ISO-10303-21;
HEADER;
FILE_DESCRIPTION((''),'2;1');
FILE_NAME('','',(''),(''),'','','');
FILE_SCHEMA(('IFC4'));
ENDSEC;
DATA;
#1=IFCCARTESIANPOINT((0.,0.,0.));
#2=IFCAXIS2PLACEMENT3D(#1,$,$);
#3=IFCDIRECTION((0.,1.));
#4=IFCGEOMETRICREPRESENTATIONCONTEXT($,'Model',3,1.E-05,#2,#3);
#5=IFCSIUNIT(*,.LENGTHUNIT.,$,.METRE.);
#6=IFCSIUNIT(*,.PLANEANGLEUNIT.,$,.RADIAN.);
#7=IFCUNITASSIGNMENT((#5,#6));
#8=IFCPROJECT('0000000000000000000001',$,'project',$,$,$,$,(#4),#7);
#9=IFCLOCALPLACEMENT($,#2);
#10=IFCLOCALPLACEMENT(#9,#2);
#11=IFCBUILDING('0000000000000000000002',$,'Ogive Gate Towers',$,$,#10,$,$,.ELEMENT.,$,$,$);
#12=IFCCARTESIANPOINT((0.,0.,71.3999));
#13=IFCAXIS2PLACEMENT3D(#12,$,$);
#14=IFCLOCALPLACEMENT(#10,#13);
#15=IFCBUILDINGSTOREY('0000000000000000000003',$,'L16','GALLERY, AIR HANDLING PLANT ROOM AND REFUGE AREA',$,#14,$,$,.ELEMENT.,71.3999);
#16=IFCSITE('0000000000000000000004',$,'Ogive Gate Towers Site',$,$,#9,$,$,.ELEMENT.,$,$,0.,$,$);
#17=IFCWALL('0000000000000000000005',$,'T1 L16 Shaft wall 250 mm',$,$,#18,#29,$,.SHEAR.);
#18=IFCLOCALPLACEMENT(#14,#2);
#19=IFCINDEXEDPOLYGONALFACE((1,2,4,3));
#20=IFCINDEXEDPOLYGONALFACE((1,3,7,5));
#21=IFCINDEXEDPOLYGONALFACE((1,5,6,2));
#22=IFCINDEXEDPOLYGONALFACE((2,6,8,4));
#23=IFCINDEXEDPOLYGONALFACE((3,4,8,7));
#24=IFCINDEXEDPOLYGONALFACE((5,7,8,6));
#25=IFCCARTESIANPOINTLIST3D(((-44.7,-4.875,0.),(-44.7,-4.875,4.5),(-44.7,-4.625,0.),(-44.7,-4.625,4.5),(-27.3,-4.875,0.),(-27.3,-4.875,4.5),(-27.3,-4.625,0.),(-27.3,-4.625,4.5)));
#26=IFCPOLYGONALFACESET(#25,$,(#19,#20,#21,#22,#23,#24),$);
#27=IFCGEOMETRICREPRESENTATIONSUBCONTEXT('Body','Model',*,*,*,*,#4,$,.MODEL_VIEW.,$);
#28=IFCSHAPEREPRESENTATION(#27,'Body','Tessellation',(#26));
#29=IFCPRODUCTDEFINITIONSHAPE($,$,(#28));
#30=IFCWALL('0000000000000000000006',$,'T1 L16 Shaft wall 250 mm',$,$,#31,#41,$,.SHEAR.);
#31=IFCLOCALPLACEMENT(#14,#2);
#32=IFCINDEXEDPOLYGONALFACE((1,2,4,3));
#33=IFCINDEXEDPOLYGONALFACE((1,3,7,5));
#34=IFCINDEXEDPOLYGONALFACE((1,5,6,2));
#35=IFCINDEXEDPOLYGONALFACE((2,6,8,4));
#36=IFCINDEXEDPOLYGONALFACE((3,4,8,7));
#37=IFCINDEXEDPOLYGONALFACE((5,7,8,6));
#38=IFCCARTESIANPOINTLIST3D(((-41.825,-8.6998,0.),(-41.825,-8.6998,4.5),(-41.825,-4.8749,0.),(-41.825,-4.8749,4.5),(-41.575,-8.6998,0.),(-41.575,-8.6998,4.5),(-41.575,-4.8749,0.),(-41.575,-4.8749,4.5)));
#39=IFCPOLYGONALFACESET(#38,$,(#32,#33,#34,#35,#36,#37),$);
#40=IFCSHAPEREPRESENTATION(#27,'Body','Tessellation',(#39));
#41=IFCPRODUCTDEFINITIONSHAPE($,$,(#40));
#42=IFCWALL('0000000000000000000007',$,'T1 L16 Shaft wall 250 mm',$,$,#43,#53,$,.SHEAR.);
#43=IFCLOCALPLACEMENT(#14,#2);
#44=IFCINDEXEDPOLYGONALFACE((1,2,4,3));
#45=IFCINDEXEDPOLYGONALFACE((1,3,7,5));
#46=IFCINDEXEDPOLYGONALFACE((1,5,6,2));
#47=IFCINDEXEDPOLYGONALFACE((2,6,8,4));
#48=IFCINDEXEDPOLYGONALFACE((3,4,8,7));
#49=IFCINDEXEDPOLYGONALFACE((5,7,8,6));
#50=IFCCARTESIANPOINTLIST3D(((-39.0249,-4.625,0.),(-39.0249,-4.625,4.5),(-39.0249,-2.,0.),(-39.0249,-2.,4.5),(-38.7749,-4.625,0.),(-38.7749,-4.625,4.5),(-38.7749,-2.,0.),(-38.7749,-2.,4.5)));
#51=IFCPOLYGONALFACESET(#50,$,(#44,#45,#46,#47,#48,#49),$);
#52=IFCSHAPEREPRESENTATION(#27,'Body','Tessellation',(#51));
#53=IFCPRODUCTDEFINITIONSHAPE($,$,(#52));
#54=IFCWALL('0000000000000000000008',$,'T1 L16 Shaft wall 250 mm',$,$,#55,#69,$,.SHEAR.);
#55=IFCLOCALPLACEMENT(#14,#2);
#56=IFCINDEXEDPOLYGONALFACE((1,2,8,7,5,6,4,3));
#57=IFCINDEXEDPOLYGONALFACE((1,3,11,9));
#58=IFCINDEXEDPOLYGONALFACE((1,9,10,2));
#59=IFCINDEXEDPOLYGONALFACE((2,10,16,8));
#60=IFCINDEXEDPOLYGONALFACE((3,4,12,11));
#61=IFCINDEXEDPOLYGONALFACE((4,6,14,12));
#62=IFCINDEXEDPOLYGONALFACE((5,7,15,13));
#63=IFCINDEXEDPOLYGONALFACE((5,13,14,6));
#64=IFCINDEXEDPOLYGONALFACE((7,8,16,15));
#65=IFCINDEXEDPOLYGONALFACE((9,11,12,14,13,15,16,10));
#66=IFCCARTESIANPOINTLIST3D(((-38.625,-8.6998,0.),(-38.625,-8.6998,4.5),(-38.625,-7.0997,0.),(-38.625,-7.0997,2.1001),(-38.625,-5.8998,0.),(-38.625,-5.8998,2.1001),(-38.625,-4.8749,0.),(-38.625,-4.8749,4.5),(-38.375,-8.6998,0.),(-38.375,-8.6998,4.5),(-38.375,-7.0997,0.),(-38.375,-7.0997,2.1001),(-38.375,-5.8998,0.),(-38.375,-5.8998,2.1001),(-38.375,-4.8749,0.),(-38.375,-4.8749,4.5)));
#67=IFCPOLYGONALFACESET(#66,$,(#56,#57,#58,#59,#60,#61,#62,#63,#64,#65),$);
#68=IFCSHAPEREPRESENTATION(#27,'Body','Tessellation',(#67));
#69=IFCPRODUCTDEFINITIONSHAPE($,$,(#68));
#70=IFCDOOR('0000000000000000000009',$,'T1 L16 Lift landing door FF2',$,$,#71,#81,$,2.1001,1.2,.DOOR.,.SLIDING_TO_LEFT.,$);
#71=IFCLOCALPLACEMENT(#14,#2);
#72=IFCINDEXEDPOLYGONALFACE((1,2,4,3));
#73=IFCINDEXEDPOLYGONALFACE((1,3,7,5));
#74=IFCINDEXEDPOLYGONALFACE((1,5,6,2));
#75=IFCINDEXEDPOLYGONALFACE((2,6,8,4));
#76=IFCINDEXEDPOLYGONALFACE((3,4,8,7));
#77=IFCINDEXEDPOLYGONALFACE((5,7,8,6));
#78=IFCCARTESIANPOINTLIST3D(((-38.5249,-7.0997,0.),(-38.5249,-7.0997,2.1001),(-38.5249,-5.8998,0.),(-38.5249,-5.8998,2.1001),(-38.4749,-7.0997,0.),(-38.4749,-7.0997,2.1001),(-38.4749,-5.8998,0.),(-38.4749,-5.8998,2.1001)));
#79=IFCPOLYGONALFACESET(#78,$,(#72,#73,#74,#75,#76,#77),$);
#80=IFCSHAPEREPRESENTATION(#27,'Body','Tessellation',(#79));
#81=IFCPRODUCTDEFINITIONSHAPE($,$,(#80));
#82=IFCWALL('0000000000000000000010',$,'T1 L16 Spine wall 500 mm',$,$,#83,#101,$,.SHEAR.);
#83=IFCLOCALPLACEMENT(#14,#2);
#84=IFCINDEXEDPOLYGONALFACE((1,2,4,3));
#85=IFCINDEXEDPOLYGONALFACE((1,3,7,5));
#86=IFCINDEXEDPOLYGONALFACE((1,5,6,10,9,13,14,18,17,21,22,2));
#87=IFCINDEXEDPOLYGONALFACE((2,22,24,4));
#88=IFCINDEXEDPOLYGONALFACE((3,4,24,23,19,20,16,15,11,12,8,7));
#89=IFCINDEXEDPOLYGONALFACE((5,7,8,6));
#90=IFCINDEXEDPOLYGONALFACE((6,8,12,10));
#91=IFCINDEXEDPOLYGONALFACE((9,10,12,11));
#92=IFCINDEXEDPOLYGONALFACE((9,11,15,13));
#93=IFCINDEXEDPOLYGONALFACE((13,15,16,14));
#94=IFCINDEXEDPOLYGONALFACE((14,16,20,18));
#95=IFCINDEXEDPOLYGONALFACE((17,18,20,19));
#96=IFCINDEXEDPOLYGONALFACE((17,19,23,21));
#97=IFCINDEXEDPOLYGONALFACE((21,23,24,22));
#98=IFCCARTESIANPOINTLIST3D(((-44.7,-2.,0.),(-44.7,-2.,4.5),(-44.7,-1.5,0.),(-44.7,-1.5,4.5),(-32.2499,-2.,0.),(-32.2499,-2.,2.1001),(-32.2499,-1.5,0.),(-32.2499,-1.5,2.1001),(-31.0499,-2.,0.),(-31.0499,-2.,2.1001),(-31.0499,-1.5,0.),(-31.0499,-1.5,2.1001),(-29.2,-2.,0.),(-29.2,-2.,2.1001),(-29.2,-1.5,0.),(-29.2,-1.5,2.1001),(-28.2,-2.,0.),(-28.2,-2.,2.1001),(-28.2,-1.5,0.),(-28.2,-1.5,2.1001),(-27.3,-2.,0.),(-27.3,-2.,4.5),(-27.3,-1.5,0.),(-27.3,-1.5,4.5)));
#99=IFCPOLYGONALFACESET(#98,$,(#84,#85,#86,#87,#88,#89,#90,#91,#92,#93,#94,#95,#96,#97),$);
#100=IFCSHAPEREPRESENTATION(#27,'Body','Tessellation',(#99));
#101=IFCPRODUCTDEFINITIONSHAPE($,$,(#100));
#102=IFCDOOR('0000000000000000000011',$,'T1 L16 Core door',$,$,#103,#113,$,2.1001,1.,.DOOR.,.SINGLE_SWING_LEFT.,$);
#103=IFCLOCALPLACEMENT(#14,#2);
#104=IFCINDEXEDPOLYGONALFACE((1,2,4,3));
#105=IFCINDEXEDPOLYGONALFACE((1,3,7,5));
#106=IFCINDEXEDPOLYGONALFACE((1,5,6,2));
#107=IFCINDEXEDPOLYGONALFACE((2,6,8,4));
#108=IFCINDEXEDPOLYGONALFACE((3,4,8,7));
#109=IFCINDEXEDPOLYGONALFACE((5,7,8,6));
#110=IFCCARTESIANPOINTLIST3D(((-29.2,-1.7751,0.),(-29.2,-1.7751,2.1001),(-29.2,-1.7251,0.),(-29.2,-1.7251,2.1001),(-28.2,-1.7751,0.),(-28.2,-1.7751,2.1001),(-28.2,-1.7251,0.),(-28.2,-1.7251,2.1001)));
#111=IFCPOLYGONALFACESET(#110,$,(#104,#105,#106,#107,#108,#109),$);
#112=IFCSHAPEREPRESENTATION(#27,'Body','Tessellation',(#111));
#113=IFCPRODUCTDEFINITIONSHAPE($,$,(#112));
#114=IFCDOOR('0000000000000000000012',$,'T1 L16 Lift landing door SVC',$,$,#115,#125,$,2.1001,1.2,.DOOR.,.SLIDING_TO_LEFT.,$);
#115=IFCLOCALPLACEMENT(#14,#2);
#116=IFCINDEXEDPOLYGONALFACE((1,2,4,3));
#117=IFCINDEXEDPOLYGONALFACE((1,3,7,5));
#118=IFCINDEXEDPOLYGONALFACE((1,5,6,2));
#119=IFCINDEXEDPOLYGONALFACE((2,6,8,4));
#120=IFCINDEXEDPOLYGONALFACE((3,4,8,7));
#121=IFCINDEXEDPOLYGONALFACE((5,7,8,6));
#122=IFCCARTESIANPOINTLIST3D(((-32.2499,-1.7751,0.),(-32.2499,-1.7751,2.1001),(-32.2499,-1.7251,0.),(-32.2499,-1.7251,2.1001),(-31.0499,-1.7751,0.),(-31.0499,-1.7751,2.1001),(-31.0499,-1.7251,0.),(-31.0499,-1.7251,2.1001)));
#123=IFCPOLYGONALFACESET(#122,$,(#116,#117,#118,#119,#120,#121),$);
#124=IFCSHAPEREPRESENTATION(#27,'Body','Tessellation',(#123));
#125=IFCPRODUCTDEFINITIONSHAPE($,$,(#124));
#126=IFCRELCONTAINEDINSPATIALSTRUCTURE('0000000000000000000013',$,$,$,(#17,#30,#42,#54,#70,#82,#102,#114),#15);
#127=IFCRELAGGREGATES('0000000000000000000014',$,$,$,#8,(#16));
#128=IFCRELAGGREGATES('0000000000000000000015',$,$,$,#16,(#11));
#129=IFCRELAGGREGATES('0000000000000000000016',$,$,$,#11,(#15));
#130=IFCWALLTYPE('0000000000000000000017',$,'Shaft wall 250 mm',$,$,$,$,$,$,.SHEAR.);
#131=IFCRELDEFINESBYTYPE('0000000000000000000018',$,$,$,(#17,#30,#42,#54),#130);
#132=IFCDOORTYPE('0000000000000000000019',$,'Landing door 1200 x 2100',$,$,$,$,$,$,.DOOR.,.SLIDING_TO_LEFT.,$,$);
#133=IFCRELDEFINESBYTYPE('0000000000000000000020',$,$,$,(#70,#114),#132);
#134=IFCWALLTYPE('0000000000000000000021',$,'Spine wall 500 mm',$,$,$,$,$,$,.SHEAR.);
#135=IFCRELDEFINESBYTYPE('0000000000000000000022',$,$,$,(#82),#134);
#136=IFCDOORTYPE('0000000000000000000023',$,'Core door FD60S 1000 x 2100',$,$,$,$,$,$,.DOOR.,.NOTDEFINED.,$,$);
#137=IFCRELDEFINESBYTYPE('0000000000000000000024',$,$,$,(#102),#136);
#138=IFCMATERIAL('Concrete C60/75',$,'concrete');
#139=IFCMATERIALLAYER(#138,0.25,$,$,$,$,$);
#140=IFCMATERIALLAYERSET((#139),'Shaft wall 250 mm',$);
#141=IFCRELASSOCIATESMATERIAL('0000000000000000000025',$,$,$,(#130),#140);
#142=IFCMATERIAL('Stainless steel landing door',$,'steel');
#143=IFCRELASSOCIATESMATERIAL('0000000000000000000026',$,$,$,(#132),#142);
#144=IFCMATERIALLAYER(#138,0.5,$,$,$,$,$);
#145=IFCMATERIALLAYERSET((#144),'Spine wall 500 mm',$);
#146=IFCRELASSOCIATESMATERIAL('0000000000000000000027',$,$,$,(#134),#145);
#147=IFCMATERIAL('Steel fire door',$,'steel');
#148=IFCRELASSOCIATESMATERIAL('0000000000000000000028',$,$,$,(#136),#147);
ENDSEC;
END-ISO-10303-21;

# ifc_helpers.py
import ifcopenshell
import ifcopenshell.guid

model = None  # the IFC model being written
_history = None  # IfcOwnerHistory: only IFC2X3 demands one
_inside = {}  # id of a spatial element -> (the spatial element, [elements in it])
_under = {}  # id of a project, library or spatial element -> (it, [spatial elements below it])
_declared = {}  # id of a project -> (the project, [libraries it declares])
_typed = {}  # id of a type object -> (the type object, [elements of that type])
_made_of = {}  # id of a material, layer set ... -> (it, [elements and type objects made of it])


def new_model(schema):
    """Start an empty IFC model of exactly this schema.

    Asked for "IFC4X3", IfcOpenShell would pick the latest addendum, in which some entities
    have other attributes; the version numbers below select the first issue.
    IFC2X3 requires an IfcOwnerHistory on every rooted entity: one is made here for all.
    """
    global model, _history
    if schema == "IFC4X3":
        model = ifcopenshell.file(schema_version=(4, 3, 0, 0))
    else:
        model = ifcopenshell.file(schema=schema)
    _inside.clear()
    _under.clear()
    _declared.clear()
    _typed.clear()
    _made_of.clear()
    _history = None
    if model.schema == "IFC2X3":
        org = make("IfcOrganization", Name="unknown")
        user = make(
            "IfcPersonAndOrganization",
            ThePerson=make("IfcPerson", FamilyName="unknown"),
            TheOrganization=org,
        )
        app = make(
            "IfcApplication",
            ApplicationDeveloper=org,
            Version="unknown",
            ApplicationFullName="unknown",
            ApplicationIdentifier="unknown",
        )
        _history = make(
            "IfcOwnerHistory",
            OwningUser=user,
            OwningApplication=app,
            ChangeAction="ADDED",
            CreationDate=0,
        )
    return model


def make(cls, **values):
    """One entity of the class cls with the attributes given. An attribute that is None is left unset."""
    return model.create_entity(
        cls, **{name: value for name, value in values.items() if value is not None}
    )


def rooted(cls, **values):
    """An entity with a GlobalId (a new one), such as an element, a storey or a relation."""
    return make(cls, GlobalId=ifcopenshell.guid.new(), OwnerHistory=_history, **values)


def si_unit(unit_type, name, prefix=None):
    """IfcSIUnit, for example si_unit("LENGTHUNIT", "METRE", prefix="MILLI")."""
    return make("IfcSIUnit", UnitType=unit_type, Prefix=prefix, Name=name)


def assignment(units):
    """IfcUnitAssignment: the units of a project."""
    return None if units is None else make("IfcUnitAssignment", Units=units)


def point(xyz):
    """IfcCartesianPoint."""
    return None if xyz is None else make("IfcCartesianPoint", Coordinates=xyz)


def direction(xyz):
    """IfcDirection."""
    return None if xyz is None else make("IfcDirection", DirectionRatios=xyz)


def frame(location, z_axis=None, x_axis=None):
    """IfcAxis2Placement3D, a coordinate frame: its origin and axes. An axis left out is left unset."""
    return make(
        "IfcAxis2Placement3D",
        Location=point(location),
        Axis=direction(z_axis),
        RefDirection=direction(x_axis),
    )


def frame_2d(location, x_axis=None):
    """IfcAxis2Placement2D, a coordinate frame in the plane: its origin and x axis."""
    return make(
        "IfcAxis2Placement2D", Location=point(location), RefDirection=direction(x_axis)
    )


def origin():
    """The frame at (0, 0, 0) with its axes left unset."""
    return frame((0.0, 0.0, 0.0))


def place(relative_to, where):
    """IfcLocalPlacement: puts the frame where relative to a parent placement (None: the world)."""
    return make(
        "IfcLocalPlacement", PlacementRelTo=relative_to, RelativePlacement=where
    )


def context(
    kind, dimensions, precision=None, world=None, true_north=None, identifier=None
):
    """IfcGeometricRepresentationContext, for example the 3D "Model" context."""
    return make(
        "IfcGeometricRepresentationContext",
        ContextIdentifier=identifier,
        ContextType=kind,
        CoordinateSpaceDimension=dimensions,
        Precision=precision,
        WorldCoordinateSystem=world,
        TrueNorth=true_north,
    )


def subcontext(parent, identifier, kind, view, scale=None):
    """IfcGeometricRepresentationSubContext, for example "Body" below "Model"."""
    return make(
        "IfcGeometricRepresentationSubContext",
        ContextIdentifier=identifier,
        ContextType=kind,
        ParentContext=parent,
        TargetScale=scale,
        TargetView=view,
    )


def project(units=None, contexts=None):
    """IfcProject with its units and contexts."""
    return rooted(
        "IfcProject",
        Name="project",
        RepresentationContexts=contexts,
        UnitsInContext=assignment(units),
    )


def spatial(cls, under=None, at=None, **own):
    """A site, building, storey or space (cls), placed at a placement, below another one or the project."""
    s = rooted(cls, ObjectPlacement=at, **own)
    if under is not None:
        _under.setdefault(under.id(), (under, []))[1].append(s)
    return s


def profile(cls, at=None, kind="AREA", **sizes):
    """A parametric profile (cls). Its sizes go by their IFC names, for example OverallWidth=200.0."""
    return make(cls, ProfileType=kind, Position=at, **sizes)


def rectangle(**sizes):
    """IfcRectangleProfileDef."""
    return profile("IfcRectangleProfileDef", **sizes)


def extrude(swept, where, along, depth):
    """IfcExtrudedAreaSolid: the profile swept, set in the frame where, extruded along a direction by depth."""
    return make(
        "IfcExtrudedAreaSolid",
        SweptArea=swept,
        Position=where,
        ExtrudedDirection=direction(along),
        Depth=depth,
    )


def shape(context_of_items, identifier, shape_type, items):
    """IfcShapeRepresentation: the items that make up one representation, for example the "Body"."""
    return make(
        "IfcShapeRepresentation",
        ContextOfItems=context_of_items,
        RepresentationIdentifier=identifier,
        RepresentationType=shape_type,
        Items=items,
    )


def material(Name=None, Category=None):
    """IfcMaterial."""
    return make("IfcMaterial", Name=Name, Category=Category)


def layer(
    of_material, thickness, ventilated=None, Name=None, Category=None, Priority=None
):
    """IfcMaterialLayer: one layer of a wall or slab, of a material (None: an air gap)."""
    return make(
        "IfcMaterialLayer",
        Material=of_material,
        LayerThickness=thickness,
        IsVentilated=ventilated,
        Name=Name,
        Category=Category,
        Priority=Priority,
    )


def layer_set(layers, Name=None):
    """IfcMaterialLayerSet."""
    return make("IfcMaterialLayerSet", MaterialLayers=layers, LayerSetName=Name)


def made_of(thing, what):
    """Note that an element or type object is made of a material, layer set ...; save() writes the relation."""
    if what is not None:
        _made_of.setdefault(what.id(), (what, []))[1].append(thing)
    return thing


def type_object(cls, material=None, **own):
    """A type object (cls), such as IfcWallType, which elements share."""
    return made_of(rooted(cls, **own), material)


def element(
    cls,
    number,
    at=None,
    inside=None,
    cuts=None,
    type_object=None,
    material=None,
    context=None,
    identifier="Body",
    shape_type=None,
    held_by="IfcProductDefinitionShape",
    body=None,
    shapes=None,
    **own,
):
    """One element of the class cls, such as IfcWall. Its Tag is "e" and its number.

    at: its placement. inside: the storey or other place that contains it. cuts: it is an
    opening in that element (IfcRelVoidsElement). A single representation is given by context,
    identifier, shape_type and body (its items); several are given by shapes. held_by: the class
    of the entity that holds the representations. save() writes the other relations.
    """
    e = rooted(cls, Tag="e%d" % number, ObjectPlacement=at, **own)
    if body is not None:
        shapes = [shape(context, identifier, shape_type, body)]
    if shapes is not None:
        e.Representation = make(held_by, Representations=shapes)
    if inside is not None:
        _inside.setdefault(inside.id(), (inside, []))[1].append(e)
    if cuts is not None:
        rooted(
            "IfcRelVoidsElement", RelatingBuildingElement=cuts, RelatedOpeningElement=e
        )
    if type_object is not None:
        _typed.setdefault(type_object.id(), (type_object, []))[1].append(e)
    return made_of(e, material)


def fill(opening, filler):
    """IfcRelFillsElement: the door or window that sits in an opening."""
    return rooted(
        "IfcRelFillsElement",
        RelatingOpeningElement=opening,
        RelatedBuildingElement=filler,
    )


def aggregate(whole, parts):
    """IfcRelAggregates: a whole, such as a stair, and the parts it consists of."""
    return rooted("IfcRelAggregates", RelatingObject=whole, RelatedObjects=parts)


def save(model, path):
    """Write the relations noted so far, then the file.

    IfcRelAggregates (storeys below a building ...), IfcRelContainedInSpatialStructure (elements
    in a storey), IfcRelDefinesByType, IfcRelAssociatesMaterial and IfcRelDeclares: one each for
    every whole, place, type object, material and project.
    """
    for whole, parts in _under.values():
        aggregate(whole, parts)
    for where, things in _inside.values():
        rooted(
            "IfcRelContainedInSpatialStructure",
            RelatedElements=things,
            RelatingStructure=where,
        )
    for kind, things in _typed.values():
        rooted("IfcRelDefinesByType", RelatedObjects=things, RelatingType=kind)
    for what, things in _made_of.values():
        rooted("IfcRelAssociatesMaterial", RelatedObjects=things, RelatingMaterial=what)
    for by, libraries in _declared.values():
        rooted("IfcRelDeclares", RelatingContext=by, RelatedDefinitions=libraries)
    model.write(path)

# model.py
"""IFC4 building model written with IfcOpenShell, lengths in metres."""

from ifc_helpers import new_model, si_unit, direction, frame, frame_2d, origin, place, context, subcontext, project, spatial, rectangle, extrude, material, layer, layer_set, type_object, element, fill, save


model = new_model("IFC4")

# Units and contexts
model_context = context("Model", 3, precision=1e-05, world=origin(), true_north=direction((0.0, 1.0)))
body_context = subcontext(model_context, "Body", "Model", "MODEL_VIEW")
ifc_project = project(units=[si_unit("LENGTHUNIT", "METRE"), si_unit("PLANEANGLEUNIT", "RADIAN")], contexts=[model_context])

# Site, building, storey
site_placement = place(None, origin())
site = spatial("IfcSite", under=ifc_project, at=site_placement, Name="Ogive Gate Towers Site", CompositionType="ELEMENT", RefElevation=0.0)
building_placement = place(site_placement, origin())
building = spatial("IfcBuilding", under=site, at=building_placement, Name="Ogive Gate Towers", CompositionType="ELEMENT")
storey_placement = place(building_placement, frame((0.0, 0.0, 71.3999)))
storey = spatial("IfcBuildingStorey", under=building, at=storey_placement, Name="L16", Description="GALLERY, AIR HANDLING PLANT ROOM AND REFUGE AREA", CompositionType="ELEMENT", Elevation=71.3999)

# Shared definitions
ifc_material_1 = material(Name="Concrete C60/75", Category="concrete")
ifc_material_2 = material(Name="Steel fire door", Category="steel")

# Walls
ifc_layer_1 = layer(ifc_material_1, 0.25)
ifc_layer_set_1 = layer_set([ifc_layer_1], Name="Shaft wall 250 mm")
wall_type_1 = type_object("IfcWallType", Name="Shaft wall 250 mm", PredefinedType="SHEAR", material=ifc_layer_set_1)
wall_1_placement = place(storey_placement, frame((-44.7, -4.75, 0.0), z_axis=(0.0, 0.0, 1.0), x_axis=(1.0, 0.0, 0.0)))
element("IfcWall", 1, at=wall_1_placement, inside=storey, type_object=wall_type_1, Name="T1 L16 Shaft wall 250 mm", PredefinedType="SHEAR", context=body_context, shape_type="SweptSolid", body=[
    extrude(rectangle(XDim=17.3999, YDim=0.25, at=frame_2d((8.7, 0.0))), origin(), (0.0, 0.0, 1.0), 4.5),
])
wall_2_placement = place(storey_placement, frame((-41.7, -8.7, 0.0), z_axis=(0.0, 0.0, 1.0), x_axis=(0.0, 1.0, 0.0)))
element("IfcWall", 2, at=wall_2_placement, inside=storey, type_object=wall_type_1, Name="T1 L16 Shaft wall 250 mm", PredefinedType="SHEAR", context=body_context, shape_type="SweptSolid", body=[
    extrude(rectangle(XDim=3.825, YDim=0.25, at=frame_2d((1.9126, 0.0))), origin(), (0.0, 0.0, 1.0), 4.5),
])
wall_3_placement = place(storey_placement, frame((-38.8999, -4.625, 0.0), z_axis=(0.0, 0.0, 1.0), x_axis=(0.0, 1.0, 0.0)))
element("IfcWall", 3, at=wall_3_placement, inside=storey, type_object=wall_type_1, Name="T1 L16 Shaft wall 250 mm", PredefinedType="SHEAR", context=body_context, shape_type="SweptSolid", body=[
    extrude(rectangle(XDim=2.625, YDim=0.25, at=frame_2d((1.3125, 0.0))), origin(), (0.0, 0.0, 1.0), 4.5),
])

# Wall, opening, door
wall_4_placement = place(storey_placement, frame((-38.5, -8.7, 0.0), z_axis=(0.0, 0.0, 1.0), x_axis=(0.0, 1.0, 0.0)))
wall_4 = element("IfcWall", 4, at=wall_4_placement, inside=storey, type_object=wall_type_1, Name="T1 L16 Shaft wall 250 mm", PredefinedType="SHEAR", context=body_context, shape_type="SweptSolid", body=[
    extrude(rectangle(XDim=3.825, YDim=0.25, at=frame_2d((1.9126, 0.0))), origin(), (0.0, 0.0, 1.0), 4.5),
])
opening_1_placement = place(wall_4_placement, frame((1.6001, 0.0, 0.0)))
opening_1 = element("IfcOpeningElement", 5, at=opening_1_placement, cuts=wall_4, PredefinedType="OPENING", context=body_context, shape_type="SweptSolid", body=[
    extrude(rectangle(XDim=1.2, YDim=2.1001, at=frame_2d((0.6001, 1.05))), frame((0.0, 0.135, 0.0), z_axis=(0.0, -1.0, 0.0), x_axis=(1.0, 0.0, 0.0)), (0.0, 0.0, 1.0), 0.27),
])
ifc_material_3 = material(Name="Stainless steel landing door", Category="steel")
door_type_1 = type_object("IfcDoorType", Name="Landing door 1200 x 2100", OperationType="SLIDING_TO_LEFT", PredefinedType="DOOR", material=ifc_material_3)
door_1_placement = place(opening_1_placement, origin())
door_1 = element("IfcDoor", 6, at=door_1_placement, inside=storey, type_object=door_type_1, Name="T1 L16 Lift landing door FF2", OperationType="SLIDING_TO_LEFT", OverallHeight=2.1001, OverallWidth=1.2, PredefinedType="DOOR", context=body_context, shape_type="SweptSolid", body=[
    extrude(rectangle(XDim=1.2, YDim=2.1001, at=frame_2d((0.6001, 1.05))), frame((0.0, 0.0249, 0.0), z_axis=(0.0, -1.0, 0.0), x_axis=(1.0, 0.0, 0.0)), (0.0, 0.0, 1.0), 0.05),
])
fill(opening_1, door_1)

# Wall, openings, doors
ifc_layer_2 = layer(ifc_material_1, 0.5)
ifc_layer_set_2 = layer_set([ifc_layer_2], Name="Spine wall 500 mm")
wall_type_2 = type_object("IfcWallType", Name="Spine wall 500 mm", PredefinedType="SHEAR", material=ifc_layer_set_2)
wall_5_placement = place(storey_placement, frame((-44.7, -1.75, 0.0), z_axis=(0.0, 0.0, 1.0), x_axis=(1.0, 0.0, 0.0)))
wall_5 = element("IfcWall", 7, at=wall_5_placement, inside=storey, type_object=wall_type_2, Name="T1 L16 Spine wall 500 mm", PredefinedType="SHEAR", context=body_context, shape_type="SweptSolid", body=[
    extrude(rectangle(XDim=17.3999, YDim=0.5, at=frame_2d((8.7, 0.0))), origin(), (0.0, 0.0, 1.0), 4.5),
])
opening_2_placement = place(wall_5_placement, frame((12.45, 0.0, 0.0)))
opening_2 = element("IfcOpeningElement", 8, at=opening_2_placement, cuts=wall_5, PredefinedType="OPENING", context=body_context, shape_type="SweptSolid", body=[
    extrude(rectangle(XDim=1.2, YDim=2.1001, at=frame_2d((0.6001, 1.05))), frame((0.0, 0.26, 0.0), z_axis=(0.0, -1.0, 0.0), x_axis=(1.0, 0.0, 0.0)), (0.0, 0.0, 1.0), 0.52),
])
opening_3_placement = place(wall_5_placement, frame((15.5, 0.0, 0.0)))
opening_3 = element("IfcOpeningElement", 9, at=opening_3_placement, cuts=wall_5, PredefinedType="OPENING", context=body_context, shape_type="SweptSolid", body=[
    extrude(rectangle(XDim=1.0, YDim=2.1001, at=frame_2d((0.5, 1.05))), frame((0.0, 0.26, 0.0), z_axis=(0.0, -1.0, 0.0), x_axis=(1.0, 0.0, 0.0)), (0.0, 0.0, 1.0), 0.52),
])
door_type_2 = type_object("IfcDoorType", Name="Core door FD60S 1000 x 2100", OperationType="NOTDEFINED", PredefinedType="DOOR", material=ifc_material_2)
door_2_placement = place(opening_3_placement, origin())
door_2 = element("IfcDoor", 10, at=door_2_placement, inside=storey, type_object=door_type_2, Name="T1 L16 Core door", OperationType="SINGLE_SWING_LEFT", OverallHeight=2.1001, OverallWidth=1.0, PredefinedType="DOOR", context=body_context, shape_type="SweptSolid", body=[
    extrude(rectangle(XDim=1.0, YDim=2.1001, at=frame_2d((0.5, 1.05))), frame((0.0, 0.0249, 0.0), z_axis=(0.0, -1.0, 0.0), x_axis=(1.0, 0.0, 0.0)), (0.0, 0.0, 1.0), 0.05),
])
fill(opening_3, door_2)
door_3_placement = place(opening_2_placement, origin())
door_3 = element("IfcDoor", 11, at=door_3_placement, inside=storey, type_object=door_type_1, Name="T1 L16 Lift landing door SVC", OperationType="SLIDING_TO_LEFT", OverallHeight=2.1001, OverallWidth=1.2, PredefinedType="DOOR", context=body_context, shape_type="SweptSolid", body=[
    extrude(rectangle(XDim=1.2, YDim=2.1001, at=frame_2d((0.6001, 1.05))), frame((0.0, 0.0249, 0.0), z_axis=(0.0, -1.0, 0.0), x_axis=(1.0, 0.0, 0.0)), (0.0, 0.0, 1.0), 0.05),
])
fill(opening_2, door_3)

save(model, "model.ifc")
